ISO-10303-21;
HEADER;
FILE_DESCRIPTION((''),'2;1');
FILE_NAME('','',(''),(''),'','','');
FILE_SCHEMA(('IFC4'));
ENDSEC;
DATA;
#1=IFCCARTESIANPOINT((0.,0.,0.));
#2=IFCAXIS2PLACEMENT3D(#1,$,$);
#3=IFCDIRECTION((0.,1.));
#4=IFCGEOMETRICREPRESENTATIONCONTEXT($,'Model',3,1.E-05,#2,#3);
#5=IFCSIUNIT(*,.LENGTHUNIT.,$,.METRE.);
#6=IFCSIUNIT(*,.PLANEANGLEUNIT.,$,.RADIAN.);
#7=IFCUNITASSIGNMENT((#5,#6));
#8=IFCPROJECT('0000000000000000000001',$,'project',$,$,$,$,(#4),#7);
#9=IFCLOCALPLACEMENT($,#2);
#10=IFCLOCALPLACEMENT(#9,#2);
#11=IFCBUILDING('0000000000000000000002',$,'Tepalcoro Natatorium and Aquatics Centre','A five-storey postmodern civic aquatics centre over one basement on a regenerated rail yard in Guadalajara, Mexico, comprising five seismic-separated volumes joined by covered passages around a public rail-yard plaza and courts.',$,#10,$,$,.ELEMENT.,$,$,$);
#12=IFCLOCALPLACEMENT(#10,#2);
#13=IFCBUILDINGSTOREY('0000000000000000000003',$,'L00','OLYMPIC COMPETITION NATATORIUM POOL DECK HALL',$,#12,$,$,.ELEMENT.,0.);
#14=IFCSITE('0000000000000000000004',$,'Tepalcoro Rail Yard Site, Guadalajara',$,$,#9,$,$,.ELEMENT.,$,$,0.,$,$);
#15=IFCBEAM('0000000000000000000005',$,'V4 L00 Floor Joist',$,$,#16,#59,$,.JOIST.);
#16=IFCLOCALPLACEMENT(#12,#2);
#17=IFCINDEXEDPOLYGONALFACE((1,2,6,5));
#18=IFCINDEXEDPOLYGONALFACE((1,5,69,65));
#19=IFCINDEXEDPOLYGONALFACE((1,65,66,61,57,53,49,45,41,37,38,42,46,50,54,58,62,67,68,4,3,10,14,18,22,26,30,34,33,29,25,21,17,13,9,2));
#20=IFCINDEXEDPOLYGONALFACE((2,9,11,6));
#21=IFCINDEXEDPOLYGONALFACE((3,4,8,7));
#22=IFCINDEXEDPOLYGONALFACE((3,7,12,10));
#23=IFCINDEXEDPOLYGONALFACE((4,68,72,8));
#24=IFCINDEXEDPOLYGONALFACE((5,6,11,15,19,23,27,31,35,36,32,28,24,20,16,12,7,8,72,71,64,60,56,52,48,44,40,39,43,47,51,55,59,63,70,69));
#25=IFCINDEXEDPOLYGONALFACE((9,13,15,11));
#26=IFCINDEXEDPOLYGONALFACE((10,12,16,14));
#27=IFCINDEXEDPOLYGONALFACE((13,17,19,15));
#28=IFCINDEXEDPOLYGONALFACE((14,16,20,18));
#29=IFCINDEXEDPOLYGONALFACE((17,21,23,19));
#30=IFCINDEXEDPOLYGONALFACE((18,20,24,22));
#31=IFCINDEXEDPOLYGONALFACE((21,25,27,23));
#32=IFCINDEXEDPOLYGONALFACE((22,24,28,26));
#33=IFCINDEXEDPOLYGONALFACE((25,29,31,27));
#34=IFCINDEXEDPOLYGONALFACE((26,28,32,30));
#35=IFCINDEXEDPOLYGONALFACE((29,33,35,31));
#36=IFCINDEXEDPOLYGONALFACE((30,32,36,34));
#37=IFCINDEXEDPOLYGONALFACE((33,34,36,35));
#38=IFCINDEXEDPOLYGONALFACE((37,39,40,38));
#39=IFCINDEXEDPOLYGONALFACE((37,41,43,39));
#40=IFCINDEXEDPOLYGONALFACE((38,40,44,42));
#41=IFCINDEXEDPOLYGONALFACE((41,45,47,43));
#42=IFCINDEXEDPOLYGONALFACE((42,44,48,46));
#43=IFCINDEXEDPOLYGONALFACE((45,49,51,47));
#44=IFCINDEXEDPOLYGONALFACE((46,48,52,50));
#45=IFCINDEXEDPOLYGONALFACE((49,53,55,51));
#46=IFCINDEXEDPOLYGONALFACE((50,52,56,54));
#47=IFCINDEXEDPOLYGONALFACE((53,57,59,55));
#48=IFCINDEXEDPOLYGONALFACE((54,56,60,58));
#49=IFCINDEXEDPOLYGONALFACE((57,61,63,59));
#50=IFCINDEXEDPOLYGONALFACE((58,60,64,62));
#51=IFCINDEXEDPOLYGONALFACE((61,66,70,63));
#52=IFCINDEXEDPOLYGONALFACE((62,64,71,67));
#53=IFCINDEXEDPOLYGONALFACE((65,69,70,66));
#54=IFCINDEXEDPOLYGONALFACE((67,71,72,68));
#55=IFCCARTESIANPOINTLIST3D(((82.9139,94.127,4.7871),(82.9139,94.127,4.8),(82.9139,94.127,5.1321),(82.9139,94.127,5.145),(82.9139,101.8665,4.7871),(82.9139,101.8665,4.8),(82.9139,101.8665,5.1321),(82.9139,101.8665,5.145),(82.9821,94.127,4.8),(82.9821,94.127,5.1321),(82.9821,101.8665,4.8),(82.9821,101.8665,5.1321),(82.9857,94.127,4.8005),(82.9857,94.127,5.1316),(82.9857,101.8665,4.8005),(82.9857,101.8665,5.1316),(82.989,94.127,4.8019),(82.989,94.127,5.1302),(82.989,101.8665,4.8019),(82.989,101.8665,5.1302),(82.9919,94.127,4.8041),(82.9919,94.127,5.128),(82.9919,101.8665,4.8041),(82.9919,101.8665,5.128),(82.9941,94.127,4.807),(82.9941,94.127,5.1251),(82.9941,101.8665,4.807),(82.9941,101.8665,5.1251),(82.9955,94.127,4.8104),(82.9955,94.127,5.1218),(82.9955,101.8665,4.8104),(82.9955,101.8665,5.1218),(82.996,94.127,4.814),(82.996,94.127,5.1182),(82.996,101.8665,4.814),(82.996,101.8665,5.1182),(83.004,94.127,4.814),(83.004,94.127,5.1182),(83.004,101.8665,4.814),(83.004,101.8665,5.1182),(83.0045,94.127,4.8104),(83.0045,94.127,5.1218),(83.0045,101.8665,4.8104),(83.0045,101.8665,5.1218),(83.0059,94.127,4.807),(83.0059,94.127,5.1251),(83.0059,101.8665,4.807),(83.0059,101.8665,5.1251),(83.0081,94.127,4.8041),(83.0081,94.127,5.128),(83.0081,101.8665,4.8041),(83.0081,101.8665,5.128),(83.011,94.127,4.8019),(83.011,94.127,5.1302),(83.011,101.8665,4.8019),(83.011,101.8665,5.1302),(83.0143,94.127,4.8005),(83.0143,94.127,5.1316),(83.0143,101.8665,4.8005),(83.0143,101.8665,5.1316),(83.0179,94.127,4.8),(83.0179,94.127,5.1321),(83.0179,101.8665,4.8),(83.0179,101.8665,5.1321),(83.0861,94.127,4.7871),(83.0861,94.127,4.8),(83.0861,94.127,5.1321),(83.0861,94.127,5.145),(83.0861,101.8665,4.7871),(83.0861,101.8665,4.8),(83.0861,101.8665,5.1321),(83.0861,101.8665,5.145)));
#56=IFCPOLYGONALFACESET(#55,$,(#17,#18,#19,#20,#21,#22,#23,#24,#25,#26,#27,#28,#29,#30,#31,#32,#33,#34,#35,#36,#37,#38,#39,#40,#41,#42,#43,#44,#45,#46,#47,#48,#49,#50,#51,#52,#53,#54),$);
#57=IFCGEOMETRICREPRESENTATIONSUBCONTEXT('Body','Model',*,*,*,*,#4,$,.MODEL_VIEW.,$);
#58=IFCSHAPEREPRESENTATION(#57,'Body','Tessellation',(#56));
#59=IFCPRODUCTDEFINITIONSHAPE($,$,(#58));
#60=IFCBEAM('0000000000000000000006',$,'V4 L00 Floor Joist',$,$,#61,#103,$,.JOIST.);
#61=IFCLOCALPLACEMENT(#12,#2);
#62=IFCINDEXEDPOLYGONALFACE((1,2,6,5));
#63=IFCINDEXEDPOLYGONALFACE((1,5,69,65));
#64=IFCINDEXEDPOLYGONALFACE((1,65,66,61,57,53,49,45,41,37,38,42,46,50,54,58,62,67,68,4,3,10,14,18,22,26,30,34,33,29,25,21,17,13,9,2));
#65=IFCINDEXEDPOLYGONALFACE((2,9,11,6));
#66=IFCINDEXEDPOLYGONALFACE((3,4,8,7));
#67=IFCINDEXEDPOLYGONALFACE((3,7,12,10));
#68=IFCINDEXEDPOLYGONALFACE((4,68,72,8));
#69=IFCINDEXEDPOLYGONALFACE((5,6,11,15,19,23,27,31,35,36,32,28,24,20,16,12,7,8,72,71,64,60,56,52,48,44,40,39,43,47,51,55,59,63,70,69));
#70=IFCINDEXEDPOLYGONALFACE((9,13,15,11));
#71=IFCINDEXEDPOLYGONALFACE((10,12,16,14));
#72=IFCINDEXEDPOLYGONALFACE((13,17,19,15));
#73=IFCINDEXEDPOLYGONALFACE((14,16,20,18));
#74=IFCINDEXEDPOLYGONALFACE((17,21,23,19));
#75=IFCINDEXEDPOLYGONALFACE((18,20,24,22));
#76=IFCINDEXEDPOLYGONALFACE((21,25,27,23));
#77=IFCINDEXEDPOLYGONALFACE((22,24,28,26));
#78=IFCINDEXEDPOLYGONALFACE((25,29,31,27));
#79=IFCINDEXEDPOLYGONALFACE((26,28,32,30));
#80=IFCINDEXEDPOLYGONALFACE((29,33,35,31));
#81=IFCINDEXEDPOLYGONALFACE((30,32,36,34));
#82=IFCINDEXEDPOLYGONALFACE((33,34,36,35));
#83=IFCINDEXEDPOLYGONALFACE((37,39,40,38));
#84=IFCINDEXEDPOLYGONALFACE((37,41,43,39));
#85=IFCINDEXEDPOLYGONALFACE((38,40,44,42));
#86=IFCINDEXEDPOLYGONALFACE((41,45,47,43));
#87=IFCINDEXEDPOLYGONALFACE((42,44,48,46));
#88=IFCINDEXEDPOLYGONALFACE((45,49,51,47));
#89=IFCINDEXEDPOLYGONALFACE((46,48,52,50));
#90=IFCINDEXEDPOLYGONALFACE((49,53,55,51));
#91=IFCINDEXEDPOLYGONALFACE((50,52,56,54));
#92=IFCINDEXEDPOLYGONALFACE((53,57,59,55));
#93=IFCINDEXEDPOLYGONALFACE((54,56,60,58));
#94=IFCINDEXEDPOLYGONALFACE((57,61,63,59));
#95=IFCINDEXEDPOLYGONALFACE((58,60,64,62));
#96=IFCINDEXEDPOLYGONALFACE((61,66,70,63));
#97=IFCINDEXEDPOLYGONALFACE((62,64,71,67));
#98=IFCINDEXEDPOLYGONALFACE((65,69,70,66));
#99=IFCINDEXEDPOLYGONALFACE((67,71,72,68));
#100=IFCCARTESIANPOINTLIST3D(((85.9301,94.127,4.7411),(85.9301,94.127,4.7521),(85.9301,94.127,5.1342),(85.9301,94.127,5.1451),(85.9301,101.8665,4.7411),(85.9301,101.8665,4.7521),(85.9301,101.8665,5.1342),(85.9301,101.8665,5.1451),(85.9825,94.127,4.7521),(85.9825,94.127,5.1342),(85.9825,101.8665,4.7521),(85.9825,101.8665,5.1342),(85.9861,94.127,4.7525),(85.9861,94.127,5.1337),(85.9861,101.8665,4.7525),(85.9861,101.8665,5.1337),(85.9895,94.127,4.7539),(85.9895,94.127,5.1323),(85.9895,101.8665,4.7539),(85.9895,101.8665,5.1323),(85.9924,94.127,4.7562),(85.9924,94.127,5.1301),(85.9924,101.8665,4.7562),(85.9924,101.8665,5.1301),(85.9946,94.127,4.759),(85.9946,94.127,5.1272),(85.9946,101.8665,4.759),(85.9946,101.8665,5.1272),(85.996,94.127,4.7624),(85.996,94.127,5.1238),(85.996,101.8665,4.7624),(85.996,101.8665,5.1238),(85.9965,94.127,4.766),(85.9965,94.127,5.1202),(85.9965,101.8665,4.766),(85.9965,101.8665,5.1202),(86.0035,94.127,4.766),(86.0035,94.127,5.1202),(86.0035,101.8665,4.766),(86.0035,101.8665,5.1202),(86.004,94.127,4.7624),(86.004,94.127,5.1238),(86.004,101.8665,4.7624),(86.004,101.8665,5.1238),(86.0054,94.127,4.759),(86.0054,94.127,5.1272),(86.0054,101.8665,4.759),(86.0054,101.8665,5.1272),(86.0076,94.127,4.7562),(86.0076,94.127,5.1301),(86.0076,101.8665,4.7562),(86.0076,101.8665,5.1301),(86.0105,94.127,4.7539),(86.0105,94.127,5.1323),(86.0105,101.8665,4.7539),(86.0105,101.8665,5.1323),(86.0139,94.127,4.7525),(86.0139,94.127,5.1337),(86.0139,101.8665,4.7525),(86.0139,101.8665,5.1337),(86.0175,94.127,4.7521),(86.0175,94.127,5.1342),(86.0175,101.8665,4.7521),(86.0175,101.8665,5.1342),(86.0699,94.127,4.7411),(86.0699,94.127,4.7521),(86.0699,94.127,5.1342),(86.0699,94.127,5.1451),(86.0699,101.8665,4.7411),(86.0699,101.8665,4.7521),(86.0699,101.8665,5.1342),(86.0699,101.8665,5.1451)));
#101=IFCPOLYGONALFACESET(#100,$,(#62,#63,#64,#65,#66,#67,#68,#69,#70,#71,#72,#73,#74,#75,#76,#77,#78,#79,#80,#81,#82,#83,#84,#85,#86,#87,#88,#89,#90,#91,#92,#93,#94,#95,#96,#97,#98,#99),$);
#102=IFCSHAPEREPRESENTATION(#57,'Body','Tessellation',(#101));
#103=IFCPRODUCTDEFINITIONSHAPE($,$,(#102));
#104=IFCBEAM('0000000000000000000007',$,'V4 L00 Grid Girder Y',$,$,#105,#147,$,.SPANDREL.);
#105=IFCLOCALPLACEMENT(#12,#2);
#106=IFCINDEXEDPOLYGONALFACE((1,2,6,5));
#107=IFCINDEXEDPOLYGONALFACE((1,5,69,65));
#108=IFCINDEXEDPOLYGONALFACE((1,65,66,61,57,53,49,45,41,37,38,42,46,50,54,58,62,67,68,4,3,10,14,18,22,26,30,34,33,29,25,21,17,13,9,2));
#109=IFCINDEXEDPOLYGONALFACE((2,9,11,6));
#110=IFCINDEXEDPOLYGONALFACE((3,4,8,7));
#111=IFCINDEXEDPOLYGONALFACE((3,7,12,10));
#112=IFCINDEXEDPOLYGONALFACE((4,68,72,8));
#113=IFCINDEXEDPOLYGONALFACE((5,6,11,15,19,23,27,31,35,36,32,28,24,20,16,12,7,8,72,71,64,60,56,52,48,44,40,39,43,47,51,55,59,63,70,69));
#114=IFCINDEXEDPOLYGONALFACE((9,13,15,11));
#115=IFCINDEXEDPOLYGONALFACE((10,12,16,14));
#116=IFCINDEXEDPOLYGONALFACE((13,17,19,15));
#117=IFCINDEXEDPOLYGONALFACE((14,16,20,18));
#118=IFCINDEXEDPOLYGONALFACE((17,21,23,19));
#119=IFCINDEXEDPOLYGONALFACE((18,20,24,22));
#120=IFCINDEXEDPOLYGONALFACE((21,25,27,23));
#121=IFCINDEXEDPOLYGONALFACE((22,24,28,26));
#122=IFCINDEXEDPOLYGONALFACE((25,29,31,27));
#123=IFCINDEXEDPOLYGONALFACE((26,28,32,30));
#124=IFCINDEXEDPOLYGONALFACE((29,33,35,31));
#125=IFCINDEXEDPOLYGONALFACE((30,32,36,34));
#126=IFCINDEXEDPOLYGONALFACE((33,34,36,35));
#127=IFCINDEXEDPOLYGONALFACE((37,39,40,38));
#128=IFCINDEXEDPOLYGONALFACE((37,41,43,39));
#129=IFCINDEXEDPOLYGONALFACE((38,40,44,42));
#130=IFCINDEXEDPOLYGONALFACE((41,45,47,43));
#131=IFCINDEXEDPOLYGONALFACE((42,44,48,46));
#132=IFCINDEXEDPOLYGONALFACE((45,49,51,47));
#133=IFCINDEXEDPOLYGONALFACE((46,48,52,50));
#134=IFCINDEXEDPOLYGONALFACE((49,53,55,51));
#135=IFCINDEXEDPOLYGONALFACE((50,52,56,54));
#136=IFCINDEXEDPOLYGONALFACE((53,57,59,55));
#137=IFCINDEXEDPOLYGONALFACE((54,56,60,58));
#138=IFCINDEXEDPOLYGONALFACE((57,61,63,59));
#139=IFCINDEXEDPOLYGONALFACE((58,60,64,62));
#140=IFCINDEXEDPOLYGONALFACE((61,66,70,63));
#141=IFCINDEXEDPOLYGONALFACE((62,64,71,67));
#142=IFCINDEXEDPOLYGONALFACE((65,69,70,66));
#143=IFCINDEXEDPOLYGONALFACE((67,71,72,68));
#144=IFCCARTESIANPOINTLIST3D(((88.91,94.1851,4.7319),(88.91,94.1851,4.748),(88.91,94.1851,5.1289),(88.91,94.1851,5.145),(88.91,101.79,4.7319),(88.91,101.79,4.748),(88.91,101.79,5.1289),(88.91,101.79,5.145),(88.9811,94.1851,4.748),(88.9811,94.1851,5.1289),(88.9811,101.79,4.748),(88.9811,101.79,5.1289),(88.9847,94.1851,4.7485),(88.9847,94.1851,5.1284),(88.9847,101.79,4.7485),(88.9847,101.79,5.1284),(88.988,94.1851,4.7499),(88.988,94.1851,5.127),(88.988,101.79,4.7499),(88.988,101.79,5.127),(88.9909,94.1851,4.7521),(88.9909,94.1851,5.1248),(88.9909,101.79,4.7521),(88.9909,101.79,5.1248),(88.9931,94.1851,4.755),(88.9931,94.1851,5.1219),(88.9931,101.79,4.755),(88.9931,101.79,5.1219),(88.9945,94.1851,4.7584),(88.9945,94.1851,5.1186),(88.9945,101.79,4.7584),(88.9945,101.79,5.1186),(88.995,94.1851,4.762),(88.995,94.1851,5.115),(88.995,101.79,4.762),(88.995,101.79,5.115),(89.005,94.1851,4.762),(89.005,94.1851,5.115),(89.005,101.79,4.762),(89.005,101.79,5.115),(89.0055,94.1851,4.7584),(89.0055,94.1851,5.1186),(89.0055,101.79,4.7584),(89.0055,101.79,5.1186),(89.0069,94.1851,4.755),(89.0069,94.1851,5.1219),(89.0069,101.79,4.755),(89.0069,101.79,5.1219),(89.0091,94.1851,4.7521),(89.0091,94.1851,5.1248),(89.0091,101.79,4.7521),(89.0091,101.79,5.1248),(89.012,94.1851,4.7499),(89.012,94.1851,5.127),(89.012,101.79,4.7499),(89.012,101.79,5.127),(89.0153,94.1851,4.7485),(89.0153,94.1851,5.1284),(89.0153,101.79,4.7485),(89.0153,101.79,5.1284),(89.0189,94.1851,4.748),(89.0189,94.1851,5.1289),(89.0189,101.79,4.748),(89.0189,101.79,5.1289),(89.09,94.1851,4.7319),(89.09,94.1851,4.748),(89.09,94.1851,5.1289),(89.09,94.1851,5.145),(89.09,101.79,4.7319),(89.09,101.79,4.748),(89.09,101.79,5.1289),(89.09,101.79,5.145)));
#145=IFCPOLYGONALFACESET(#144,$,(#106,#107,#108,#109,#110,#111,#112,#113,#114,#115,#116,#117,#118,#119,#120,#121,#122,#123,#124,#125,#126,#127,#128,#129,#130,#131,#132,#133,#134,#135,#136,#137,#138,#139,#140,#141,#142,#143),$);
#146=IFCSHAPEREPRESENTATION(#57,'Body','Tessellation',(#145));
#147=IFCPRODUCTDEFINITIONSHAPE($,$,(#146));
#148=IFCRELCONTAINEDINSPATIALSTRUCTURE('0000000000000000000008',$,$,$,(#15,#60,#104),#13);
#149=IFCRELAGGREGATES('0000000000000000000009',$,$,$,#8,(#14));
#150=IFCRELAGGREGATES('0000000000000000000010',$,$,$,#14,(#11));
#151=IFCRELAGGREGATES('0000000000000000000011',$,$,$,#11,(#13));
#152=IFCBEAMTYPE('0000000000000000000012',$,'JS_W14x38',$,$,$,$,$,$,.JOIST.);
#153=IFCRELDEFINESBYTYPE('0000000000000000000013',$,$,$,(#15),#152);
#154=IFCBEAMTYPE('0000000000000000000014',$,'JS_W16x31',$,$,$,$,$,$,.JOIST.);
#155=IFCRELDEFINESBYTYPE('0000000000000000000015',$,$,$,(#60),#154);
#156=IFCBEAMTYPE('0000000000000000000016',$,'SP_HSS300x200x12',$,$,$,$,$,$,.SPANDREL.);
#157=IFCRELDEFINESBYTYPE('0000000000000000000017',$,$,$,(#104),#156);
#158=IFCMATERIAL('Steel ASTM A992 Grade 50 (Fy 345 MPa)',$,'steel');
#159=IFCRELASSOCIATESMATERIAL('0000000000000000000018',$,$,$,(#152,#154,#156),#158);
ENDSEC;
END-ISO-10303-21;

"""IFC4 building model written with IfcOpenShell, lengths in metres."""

from ifc_helpers import new_model, si_unit, direction, frame, origin, origin_2d, place, context, subcontext, project, spatial, i_section, extrude, material, material_profile, profile_set, type_object, element, save


model = new_model("IFC4")

# Units and contexts
model_context = context("Model", 3, precision=1e-05, world=origin(), true_north=direction((0.0, 1.0)))
body_context = subcontext(model_context, "Body", "Model", "MODEL_VIEW")
ifc_project = project(units=[si_unit("LENGTHUNIT", "METRE"), si_unit("PLANEANGLEUNIT", "RADIAN")], contexts=[model_context])

# Site, building, storey
site_placement = place(None, origin())
site = spatial("IfcSite", under=ifc_project, at=site_placement, Name="Tepalcoro Rail Yard Site, Guadalajara", CompositionType="ELEMENT", RefElevation=0.0)
building_placement = place(site_placement, origin())
building = spatial("IfcBuilding", under=site, at=building_placement, Name="Tepalcoro Natatorium and Aquatics Centre", Description="A five-storey postmodern civic aquatics centre over one basement on a regenerated rail yard in Guadalajara, Mexico, comprising five seismic-separated volumes joined by covered passages around a public rail-yard plaza and courts.", CompositionType="ELEMENT")
storey_placement = place(building_placement, origin())
storey = spatial("IfcBuildingStorey", under=building, at=storey_placement, Name="L00", Description="OLYMPIC COMPETITION NATATORIUM POOL DECK HALL", CompositionType="ELEMENT", Elevation=0.0)

# Shared definitions
ifc_material_1 = material(Name="Steel ASTM A992 Grade 50 (Fy 345 MPa)", Category="steel")

# Beams
ifc_material_profile_1 = material_profile(ifc_material_1, i_section(OverallWidth=0.1721, OverallDepth=0.3579, WebThickness=0.0081, FlangeThickness=0.0129, FilletRadius=0.0139, at=origin_2d()), Name="W14X38")
ifc_profile_set_1 = profile_set([ifc_material_profile_1], Name="Steel ASTM A992 Grade 50 (Fy 345 MPa)")
beam_type_1 = type_object("IfcBeamType", Name="JS_W14x38", PredefinedType="JOIST", material=ifc_profile_set_1)
beam_1_placement = place(storey_placement, frame((83.0, 94.127, 4.9661), z_axis=(0.0, 1.0, 0.0), x_axis=(-1.0, 0.0, 0.0)))
element("IfcBeam", 1, at=beam_1_placement, inside=storey, type_object=beam_type_1, Name="V4 L00 Floor Joist", PredefinedType="JOIST", context=body_context, shape_type="SweptSolid", body=[
    extrude(i_section(OverallWidth=0.1721, OverallDepth=0.3579, WebThickness=0.0081, FlangeThickness=0.0129, FilletRadius=0.0139, at=origin_2d()), origin(), (0.0, 0.0, 1.0), 7.7395),
])
ifc_material_profile_2 = material_profile(ifc_material_1, i_section(OverallWidth=0.1399, OverallDepth=0.4041, WebThickness=0.0071, FlangeThickness=0.011, FilletRadius=0.0139, at=origin_2d()), Name="W16X31")
ifc_profile_set_2 = profile_set([ifc_material_profile_2], Name="Steel ASTM A992 Grade 50 (Fy 345 MPa)")
beam_type_2 = type_object("IfcBeamType", Name="JS_W16x31", PredefinedType="JOIST", material=ifc_profile_set_2)
beam_2_placement = place(storey_placement, frame((86.0, 94.127, 4.9431), z_axis=(0.0, 1.0, 0.0), x_axis=(-1.0, 0.0, 0.0)))
element("IfcBeam", 2, at=beam_2_placement, inside=storey, type_object=beam_type_2, Name="V4 L00 Floor Joist", PredefinedType="JOIST", context=body_context, shape_type="SweptSolid", body=[
    extrude(i_section(OverallWidth=0.1399, OverallDepth=0.4041, WebThickness=0.0071, FlangeThickness=0.011, FilletRadius=0.0139, at=origin_2d()), origin(), (0.0, 0.0, 1.0), 7.7395),
])
ifc_material_profile_3 = material_profile(ifc_material_1, i_section(OverallWidth=0.1799, OverallDepth=0.4131, WebThickness=0.01, FlangeThickness=0.0161, FilletRadius=0.0139, at=origin_2d()), Name="W16X50")
ifc_profile_set_3 = profile_set([ifc_material_profile_3], Name="Steel ASTM A992 Grade 50 (Fy 345 MPa)")
beam_type_3 = type_object("IfcBeamType", Name="SP_HSS300x200x12", PredefinedType="SPANDREL", material=ifc_profile_set_3)
beam_3_placement = place(storey_placement, frame((89.0, 94.1851, 4.9385), z_axis=(0.0, 1.0, 0.0), x_axis=(-1.0, 0.0, 0.0)))
element("IfcBeam", 3, at=beam_3_placement, inside=storey, type_object=beam_type_3, Name="V4 L00 Grid Girder Y", PredefinedType="SPANDREL", context=body_context, shape_type="SweptSolid", body=[
    extrude(i_section(OverallWidth=0.1799, OverallDepth=0.4131, WebThickness=0.01, FlangeThickness=0.0161, FilletRadius=0.0139, at=origin_2d()), origin(), (0.0, 0.0, 1.0), 7.605),
])

save(model, "model.ifc")
